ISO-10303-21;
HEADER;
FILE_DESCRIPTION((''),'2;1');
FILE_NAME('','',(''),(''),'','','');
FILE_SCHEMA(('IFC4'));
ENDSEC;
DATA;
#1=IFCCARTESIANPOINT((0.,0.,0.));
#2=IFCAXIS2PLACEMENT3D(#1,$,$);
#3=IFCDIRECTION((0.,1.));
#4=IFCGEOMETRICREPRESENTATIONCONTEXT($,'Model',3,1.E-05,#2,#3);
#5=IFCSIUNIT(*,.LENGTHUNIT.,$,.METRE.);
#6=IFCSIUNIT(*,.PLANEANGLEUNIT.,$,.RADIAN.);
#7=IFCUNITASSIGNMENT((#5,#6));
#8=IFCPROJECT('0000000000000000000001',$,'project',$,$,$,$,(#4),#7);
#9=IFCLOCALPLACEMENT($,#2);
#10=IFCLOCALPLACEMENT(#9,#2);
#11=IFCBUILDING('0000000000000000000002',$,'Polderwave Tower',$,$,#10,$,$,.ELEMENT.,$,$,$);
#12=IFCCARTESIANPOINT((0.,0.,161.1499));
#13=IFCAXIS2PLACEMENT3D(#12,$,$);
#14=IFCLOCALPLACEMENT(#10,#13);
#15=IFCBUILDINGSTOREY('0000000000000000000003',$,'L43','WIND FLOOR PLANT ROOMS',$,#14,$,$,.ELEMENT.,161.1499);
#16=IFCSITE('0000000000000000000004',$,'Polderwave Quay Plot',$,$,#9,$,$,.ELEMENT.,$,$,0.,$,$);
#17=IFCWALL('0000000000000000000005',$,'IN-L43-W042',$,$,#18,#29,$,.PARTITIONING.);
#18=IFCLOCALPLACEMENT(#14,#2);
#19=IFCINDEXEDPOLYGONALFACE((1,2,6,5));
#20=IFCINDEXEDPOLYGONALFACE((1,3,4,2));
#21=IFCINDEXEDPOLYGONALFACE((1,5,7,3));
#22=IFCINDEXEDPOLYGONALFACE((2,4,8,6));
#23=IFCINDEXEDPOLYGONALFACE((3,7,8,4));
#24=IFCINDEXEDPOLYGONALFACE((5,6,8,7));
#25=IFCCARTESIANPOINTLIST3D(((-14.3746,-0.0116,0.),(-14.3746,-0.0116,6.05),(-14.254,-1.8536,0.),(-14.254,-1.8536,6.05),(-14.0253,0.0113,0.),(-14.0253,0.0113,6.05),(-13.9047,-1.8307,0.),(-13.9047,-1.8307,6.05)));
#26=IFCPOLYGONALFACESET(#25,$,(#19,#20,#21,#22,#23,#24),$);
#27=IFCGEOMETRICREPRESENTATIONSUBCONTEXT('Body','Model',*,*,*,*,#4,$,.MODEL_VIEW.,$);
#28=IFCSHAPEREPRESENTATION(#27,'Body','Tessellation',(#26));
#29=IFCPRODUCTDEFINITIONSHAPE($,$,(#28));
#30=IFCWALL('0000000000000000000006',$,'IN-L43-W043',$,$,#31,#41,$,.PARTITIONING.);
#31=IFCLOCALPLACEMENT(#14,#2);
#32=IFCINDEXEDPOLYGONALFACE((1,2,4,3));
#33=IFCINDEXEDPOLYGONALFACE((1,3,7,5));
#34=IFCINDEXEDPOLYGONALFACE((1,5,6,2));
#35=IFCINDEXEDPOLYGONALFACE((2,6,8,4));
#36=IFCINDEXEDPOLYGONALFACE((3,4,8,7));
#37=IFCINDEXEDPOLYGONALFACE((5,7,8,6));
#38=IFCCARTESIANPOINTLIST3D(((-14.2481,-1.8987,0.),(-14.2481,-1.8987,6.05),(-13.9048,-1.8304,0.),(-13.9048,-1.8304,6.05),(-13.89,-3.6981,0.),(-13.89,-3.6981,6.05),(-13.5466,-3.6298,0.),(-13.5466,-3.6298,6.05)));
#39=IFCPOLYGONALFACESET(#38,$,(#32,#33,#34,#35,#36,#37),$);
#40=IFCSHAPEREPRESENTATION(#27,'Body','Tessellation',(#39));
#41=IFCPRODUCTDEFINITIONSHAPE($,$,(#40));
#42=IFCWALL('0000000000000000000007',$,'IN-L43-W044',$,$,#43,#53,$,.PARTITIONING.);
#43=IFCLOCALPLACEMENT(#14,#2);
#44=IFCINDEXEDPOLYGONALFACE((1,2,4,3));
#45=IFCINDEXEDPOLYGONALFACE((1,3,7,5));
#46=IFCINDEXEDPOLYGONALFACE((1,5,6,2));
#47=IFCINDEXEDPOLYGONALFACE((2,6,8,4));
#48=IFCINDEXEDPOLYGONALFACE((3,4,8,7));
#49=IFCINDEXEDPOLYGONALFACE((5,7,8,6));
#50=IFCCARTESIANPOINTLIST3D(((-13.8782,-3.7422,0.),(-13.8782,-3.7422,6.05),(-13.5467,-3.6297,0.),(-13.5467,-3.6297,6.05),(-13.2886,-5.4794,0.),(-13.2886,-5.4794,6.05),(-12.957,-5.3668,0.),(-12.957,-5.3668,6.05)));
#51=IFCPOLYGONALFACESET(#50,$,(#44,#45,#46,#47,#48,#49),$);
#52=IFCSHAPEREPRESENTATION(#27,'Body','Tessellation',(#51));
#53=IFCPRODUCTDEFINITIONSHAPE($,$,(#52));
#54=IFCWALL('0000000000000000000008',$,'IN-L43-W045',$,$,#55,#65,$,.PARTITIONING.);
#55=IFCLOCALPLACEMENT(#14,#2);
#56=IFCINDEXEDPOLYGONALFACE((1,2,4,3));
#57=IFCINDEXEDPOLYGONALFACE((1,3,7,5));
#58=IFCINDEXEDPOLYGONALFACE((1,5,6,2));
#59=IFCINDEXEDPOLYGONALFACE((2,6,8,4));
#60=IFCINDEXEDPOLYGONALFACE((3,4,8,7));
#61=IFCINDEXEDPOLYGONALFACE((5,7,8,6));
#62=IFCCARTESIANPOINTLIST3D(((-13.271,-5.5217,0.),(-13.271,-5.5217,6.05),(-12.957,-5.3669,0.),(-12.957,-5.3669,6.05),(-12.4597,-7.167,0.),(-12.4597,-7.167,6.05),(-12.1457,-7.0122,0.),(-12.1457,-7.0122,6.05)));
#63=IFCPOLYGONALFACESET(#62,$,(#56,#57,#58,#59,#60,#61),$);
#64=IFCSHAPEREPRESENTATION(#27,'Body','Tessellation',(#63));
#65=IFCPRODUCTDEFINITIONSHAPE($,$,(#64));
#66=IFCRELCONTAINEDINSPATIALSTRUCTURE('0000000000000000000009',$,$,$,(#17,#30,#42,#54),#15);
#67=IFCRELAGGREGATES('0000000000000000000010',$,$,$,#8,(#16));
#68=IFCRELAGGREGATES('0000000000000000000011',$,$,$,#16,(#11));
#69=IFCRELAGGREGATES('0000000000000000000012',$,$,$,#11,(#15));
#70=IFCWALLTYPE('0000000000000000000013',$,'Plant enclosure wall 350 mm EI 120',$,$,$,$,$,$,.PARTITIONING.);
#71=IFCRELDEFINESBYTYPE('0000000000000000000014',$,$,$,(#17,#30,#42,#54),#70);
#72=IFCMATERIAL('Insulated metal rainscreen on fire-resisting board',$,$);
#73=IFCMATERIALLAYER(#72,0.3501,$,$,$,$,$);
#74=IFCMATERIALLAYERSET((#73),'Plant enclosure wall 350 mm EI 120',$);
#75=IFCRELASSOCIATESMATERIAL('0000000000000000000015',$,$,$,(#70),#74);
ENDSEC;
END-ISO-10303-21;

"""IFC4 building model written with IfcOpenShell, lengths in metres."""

from ifc_helpers import new_model, si_unit, direction, frame, frame_2d, origin, place, context, subcontext, project, spatial, rectangle, extrude, material, layer, layer_set, type_object, element, save


model = new_model("IFC4")

# Units and contexts
model_context = context("Model", 3, precision=1e-05, world=origin(), true_north=direction((0.0, 1.0)))
body_context = subcontext(model_context, "Body", "Model", "MODEL_VIEW")
ifc_project = project(units=[si_unit("LENGTHUNIT", "METRE"), si_unit("PLANEANGLEUNIT", "RADIAN")], contexts=[model_context])

# Site, building, storey
site_placement = place(None, origin())
site = spatial("IfcSite", under=ifc_project, at=site_placement, Name="Polderwave Quay Plot", CompositionType="ELEMENT", RefElevation=0.0)
building_placement = place(site_placement, origin())
building = spatial("IfcBuilding", under=site, at=building_placement, Name="Polderwave Tower", CompositionType="ELEMENT")
storey_placement = place(building_placement, frame((0.0, 0.0, 161.1499)))
storey = spatial("IfcBuildingStorey", under=building, at=storey_placement, Name="L43", Description="WIND FLOOR PLANT ROOMS", CompositionType="ELEMENT", Elevation=161.1499)

# Walls
ifc_material_1 = material(Name="Insulated metal rainscreen on fire-resisting board")
ifc_layer = layer(ifc_material_1, 0.3501)
ifc_layer_set = layer_set([ifc_layer], Name="Plant enclosure wall 350 mm EI 120")
wall_type = type_object("IfcWallType", Name="Plant enclosure wall 350 mm EI 120", PredefinedType="PARTITIONING", material=ifc_layer_set)
for number, where, z_axis, x_axis, name in (
    (1, (-14.0793, -1.842, 0.0), (0.0, 0.0, 1.0), (-0.065334, 0.997863, 0.0), "IN-L43-W042"),
):
    element("IfcWall", number, at=place(storey_placement, frame(where, z_axis=z_axis, x_axis=x_axis)), inside=storey, type_object=wall_type, Name=name, PredefinedType="PARTITIONING", context=body_context, shape_type="SweptSolid", body=[
        extrude(rectangle(XDim=1.8459, YDim=0.3501, at=frame_2d((0.9229, 0.0))), origin(), (0.0, 0.0, 1.0), 6.05),
    ])
wall_placement = place(storey_placement, frame((-13.7183, -3.6641, 0.0), z_axis=(0.0, 0.0, 1.0), x_axis=(-0.19522, 0.980759, 0.0)))
element("IfcWall", 2, at=wall_placement, inside=storey, type_object=wall_type, Name="IN-L43-W043", PredefinedType="PARTITIONING", context=body_context, shape_type="SweptSolid", body=[
    extrude(rectangle(XDim=1.8347, YDim=0.3501, at=frame_2d((0.9175, 0.0))), origin(), (0.0, 0.0, 1.0), 6.05),
])
for number, where, z_axis, x_axis, name in (
    (3, (-13.1228, -5.4231, 0.0), (0.0, 0.0, 1.0), (-0.321414, 0.946939, 0.0), "IN-L43-W044"),
    (4, (-12.3027, -7.0896, 0.0), (0.0, 0.0, 1.0), (-0.442256, 0.896889, 0.0), "IN-L43-W045"),
):
    element("IfcWall", number, at=place(storey_placement, frame(where, z_axis=z_axis, x_axis=x_axis)), inside=storey, type_object=wall_type, Name=name, PredefinedType="PARTITIONING", context=body_context, shape_type="SweptSolid", body=[
        extrude(rectangle(XDim=1.8345, YDim=0.3501, at=frame_2d((0.9172, 0.0))), origin(), (0.0, 0.0, 1.0), 6.05),
    ])

save(model, "model.ifc")
